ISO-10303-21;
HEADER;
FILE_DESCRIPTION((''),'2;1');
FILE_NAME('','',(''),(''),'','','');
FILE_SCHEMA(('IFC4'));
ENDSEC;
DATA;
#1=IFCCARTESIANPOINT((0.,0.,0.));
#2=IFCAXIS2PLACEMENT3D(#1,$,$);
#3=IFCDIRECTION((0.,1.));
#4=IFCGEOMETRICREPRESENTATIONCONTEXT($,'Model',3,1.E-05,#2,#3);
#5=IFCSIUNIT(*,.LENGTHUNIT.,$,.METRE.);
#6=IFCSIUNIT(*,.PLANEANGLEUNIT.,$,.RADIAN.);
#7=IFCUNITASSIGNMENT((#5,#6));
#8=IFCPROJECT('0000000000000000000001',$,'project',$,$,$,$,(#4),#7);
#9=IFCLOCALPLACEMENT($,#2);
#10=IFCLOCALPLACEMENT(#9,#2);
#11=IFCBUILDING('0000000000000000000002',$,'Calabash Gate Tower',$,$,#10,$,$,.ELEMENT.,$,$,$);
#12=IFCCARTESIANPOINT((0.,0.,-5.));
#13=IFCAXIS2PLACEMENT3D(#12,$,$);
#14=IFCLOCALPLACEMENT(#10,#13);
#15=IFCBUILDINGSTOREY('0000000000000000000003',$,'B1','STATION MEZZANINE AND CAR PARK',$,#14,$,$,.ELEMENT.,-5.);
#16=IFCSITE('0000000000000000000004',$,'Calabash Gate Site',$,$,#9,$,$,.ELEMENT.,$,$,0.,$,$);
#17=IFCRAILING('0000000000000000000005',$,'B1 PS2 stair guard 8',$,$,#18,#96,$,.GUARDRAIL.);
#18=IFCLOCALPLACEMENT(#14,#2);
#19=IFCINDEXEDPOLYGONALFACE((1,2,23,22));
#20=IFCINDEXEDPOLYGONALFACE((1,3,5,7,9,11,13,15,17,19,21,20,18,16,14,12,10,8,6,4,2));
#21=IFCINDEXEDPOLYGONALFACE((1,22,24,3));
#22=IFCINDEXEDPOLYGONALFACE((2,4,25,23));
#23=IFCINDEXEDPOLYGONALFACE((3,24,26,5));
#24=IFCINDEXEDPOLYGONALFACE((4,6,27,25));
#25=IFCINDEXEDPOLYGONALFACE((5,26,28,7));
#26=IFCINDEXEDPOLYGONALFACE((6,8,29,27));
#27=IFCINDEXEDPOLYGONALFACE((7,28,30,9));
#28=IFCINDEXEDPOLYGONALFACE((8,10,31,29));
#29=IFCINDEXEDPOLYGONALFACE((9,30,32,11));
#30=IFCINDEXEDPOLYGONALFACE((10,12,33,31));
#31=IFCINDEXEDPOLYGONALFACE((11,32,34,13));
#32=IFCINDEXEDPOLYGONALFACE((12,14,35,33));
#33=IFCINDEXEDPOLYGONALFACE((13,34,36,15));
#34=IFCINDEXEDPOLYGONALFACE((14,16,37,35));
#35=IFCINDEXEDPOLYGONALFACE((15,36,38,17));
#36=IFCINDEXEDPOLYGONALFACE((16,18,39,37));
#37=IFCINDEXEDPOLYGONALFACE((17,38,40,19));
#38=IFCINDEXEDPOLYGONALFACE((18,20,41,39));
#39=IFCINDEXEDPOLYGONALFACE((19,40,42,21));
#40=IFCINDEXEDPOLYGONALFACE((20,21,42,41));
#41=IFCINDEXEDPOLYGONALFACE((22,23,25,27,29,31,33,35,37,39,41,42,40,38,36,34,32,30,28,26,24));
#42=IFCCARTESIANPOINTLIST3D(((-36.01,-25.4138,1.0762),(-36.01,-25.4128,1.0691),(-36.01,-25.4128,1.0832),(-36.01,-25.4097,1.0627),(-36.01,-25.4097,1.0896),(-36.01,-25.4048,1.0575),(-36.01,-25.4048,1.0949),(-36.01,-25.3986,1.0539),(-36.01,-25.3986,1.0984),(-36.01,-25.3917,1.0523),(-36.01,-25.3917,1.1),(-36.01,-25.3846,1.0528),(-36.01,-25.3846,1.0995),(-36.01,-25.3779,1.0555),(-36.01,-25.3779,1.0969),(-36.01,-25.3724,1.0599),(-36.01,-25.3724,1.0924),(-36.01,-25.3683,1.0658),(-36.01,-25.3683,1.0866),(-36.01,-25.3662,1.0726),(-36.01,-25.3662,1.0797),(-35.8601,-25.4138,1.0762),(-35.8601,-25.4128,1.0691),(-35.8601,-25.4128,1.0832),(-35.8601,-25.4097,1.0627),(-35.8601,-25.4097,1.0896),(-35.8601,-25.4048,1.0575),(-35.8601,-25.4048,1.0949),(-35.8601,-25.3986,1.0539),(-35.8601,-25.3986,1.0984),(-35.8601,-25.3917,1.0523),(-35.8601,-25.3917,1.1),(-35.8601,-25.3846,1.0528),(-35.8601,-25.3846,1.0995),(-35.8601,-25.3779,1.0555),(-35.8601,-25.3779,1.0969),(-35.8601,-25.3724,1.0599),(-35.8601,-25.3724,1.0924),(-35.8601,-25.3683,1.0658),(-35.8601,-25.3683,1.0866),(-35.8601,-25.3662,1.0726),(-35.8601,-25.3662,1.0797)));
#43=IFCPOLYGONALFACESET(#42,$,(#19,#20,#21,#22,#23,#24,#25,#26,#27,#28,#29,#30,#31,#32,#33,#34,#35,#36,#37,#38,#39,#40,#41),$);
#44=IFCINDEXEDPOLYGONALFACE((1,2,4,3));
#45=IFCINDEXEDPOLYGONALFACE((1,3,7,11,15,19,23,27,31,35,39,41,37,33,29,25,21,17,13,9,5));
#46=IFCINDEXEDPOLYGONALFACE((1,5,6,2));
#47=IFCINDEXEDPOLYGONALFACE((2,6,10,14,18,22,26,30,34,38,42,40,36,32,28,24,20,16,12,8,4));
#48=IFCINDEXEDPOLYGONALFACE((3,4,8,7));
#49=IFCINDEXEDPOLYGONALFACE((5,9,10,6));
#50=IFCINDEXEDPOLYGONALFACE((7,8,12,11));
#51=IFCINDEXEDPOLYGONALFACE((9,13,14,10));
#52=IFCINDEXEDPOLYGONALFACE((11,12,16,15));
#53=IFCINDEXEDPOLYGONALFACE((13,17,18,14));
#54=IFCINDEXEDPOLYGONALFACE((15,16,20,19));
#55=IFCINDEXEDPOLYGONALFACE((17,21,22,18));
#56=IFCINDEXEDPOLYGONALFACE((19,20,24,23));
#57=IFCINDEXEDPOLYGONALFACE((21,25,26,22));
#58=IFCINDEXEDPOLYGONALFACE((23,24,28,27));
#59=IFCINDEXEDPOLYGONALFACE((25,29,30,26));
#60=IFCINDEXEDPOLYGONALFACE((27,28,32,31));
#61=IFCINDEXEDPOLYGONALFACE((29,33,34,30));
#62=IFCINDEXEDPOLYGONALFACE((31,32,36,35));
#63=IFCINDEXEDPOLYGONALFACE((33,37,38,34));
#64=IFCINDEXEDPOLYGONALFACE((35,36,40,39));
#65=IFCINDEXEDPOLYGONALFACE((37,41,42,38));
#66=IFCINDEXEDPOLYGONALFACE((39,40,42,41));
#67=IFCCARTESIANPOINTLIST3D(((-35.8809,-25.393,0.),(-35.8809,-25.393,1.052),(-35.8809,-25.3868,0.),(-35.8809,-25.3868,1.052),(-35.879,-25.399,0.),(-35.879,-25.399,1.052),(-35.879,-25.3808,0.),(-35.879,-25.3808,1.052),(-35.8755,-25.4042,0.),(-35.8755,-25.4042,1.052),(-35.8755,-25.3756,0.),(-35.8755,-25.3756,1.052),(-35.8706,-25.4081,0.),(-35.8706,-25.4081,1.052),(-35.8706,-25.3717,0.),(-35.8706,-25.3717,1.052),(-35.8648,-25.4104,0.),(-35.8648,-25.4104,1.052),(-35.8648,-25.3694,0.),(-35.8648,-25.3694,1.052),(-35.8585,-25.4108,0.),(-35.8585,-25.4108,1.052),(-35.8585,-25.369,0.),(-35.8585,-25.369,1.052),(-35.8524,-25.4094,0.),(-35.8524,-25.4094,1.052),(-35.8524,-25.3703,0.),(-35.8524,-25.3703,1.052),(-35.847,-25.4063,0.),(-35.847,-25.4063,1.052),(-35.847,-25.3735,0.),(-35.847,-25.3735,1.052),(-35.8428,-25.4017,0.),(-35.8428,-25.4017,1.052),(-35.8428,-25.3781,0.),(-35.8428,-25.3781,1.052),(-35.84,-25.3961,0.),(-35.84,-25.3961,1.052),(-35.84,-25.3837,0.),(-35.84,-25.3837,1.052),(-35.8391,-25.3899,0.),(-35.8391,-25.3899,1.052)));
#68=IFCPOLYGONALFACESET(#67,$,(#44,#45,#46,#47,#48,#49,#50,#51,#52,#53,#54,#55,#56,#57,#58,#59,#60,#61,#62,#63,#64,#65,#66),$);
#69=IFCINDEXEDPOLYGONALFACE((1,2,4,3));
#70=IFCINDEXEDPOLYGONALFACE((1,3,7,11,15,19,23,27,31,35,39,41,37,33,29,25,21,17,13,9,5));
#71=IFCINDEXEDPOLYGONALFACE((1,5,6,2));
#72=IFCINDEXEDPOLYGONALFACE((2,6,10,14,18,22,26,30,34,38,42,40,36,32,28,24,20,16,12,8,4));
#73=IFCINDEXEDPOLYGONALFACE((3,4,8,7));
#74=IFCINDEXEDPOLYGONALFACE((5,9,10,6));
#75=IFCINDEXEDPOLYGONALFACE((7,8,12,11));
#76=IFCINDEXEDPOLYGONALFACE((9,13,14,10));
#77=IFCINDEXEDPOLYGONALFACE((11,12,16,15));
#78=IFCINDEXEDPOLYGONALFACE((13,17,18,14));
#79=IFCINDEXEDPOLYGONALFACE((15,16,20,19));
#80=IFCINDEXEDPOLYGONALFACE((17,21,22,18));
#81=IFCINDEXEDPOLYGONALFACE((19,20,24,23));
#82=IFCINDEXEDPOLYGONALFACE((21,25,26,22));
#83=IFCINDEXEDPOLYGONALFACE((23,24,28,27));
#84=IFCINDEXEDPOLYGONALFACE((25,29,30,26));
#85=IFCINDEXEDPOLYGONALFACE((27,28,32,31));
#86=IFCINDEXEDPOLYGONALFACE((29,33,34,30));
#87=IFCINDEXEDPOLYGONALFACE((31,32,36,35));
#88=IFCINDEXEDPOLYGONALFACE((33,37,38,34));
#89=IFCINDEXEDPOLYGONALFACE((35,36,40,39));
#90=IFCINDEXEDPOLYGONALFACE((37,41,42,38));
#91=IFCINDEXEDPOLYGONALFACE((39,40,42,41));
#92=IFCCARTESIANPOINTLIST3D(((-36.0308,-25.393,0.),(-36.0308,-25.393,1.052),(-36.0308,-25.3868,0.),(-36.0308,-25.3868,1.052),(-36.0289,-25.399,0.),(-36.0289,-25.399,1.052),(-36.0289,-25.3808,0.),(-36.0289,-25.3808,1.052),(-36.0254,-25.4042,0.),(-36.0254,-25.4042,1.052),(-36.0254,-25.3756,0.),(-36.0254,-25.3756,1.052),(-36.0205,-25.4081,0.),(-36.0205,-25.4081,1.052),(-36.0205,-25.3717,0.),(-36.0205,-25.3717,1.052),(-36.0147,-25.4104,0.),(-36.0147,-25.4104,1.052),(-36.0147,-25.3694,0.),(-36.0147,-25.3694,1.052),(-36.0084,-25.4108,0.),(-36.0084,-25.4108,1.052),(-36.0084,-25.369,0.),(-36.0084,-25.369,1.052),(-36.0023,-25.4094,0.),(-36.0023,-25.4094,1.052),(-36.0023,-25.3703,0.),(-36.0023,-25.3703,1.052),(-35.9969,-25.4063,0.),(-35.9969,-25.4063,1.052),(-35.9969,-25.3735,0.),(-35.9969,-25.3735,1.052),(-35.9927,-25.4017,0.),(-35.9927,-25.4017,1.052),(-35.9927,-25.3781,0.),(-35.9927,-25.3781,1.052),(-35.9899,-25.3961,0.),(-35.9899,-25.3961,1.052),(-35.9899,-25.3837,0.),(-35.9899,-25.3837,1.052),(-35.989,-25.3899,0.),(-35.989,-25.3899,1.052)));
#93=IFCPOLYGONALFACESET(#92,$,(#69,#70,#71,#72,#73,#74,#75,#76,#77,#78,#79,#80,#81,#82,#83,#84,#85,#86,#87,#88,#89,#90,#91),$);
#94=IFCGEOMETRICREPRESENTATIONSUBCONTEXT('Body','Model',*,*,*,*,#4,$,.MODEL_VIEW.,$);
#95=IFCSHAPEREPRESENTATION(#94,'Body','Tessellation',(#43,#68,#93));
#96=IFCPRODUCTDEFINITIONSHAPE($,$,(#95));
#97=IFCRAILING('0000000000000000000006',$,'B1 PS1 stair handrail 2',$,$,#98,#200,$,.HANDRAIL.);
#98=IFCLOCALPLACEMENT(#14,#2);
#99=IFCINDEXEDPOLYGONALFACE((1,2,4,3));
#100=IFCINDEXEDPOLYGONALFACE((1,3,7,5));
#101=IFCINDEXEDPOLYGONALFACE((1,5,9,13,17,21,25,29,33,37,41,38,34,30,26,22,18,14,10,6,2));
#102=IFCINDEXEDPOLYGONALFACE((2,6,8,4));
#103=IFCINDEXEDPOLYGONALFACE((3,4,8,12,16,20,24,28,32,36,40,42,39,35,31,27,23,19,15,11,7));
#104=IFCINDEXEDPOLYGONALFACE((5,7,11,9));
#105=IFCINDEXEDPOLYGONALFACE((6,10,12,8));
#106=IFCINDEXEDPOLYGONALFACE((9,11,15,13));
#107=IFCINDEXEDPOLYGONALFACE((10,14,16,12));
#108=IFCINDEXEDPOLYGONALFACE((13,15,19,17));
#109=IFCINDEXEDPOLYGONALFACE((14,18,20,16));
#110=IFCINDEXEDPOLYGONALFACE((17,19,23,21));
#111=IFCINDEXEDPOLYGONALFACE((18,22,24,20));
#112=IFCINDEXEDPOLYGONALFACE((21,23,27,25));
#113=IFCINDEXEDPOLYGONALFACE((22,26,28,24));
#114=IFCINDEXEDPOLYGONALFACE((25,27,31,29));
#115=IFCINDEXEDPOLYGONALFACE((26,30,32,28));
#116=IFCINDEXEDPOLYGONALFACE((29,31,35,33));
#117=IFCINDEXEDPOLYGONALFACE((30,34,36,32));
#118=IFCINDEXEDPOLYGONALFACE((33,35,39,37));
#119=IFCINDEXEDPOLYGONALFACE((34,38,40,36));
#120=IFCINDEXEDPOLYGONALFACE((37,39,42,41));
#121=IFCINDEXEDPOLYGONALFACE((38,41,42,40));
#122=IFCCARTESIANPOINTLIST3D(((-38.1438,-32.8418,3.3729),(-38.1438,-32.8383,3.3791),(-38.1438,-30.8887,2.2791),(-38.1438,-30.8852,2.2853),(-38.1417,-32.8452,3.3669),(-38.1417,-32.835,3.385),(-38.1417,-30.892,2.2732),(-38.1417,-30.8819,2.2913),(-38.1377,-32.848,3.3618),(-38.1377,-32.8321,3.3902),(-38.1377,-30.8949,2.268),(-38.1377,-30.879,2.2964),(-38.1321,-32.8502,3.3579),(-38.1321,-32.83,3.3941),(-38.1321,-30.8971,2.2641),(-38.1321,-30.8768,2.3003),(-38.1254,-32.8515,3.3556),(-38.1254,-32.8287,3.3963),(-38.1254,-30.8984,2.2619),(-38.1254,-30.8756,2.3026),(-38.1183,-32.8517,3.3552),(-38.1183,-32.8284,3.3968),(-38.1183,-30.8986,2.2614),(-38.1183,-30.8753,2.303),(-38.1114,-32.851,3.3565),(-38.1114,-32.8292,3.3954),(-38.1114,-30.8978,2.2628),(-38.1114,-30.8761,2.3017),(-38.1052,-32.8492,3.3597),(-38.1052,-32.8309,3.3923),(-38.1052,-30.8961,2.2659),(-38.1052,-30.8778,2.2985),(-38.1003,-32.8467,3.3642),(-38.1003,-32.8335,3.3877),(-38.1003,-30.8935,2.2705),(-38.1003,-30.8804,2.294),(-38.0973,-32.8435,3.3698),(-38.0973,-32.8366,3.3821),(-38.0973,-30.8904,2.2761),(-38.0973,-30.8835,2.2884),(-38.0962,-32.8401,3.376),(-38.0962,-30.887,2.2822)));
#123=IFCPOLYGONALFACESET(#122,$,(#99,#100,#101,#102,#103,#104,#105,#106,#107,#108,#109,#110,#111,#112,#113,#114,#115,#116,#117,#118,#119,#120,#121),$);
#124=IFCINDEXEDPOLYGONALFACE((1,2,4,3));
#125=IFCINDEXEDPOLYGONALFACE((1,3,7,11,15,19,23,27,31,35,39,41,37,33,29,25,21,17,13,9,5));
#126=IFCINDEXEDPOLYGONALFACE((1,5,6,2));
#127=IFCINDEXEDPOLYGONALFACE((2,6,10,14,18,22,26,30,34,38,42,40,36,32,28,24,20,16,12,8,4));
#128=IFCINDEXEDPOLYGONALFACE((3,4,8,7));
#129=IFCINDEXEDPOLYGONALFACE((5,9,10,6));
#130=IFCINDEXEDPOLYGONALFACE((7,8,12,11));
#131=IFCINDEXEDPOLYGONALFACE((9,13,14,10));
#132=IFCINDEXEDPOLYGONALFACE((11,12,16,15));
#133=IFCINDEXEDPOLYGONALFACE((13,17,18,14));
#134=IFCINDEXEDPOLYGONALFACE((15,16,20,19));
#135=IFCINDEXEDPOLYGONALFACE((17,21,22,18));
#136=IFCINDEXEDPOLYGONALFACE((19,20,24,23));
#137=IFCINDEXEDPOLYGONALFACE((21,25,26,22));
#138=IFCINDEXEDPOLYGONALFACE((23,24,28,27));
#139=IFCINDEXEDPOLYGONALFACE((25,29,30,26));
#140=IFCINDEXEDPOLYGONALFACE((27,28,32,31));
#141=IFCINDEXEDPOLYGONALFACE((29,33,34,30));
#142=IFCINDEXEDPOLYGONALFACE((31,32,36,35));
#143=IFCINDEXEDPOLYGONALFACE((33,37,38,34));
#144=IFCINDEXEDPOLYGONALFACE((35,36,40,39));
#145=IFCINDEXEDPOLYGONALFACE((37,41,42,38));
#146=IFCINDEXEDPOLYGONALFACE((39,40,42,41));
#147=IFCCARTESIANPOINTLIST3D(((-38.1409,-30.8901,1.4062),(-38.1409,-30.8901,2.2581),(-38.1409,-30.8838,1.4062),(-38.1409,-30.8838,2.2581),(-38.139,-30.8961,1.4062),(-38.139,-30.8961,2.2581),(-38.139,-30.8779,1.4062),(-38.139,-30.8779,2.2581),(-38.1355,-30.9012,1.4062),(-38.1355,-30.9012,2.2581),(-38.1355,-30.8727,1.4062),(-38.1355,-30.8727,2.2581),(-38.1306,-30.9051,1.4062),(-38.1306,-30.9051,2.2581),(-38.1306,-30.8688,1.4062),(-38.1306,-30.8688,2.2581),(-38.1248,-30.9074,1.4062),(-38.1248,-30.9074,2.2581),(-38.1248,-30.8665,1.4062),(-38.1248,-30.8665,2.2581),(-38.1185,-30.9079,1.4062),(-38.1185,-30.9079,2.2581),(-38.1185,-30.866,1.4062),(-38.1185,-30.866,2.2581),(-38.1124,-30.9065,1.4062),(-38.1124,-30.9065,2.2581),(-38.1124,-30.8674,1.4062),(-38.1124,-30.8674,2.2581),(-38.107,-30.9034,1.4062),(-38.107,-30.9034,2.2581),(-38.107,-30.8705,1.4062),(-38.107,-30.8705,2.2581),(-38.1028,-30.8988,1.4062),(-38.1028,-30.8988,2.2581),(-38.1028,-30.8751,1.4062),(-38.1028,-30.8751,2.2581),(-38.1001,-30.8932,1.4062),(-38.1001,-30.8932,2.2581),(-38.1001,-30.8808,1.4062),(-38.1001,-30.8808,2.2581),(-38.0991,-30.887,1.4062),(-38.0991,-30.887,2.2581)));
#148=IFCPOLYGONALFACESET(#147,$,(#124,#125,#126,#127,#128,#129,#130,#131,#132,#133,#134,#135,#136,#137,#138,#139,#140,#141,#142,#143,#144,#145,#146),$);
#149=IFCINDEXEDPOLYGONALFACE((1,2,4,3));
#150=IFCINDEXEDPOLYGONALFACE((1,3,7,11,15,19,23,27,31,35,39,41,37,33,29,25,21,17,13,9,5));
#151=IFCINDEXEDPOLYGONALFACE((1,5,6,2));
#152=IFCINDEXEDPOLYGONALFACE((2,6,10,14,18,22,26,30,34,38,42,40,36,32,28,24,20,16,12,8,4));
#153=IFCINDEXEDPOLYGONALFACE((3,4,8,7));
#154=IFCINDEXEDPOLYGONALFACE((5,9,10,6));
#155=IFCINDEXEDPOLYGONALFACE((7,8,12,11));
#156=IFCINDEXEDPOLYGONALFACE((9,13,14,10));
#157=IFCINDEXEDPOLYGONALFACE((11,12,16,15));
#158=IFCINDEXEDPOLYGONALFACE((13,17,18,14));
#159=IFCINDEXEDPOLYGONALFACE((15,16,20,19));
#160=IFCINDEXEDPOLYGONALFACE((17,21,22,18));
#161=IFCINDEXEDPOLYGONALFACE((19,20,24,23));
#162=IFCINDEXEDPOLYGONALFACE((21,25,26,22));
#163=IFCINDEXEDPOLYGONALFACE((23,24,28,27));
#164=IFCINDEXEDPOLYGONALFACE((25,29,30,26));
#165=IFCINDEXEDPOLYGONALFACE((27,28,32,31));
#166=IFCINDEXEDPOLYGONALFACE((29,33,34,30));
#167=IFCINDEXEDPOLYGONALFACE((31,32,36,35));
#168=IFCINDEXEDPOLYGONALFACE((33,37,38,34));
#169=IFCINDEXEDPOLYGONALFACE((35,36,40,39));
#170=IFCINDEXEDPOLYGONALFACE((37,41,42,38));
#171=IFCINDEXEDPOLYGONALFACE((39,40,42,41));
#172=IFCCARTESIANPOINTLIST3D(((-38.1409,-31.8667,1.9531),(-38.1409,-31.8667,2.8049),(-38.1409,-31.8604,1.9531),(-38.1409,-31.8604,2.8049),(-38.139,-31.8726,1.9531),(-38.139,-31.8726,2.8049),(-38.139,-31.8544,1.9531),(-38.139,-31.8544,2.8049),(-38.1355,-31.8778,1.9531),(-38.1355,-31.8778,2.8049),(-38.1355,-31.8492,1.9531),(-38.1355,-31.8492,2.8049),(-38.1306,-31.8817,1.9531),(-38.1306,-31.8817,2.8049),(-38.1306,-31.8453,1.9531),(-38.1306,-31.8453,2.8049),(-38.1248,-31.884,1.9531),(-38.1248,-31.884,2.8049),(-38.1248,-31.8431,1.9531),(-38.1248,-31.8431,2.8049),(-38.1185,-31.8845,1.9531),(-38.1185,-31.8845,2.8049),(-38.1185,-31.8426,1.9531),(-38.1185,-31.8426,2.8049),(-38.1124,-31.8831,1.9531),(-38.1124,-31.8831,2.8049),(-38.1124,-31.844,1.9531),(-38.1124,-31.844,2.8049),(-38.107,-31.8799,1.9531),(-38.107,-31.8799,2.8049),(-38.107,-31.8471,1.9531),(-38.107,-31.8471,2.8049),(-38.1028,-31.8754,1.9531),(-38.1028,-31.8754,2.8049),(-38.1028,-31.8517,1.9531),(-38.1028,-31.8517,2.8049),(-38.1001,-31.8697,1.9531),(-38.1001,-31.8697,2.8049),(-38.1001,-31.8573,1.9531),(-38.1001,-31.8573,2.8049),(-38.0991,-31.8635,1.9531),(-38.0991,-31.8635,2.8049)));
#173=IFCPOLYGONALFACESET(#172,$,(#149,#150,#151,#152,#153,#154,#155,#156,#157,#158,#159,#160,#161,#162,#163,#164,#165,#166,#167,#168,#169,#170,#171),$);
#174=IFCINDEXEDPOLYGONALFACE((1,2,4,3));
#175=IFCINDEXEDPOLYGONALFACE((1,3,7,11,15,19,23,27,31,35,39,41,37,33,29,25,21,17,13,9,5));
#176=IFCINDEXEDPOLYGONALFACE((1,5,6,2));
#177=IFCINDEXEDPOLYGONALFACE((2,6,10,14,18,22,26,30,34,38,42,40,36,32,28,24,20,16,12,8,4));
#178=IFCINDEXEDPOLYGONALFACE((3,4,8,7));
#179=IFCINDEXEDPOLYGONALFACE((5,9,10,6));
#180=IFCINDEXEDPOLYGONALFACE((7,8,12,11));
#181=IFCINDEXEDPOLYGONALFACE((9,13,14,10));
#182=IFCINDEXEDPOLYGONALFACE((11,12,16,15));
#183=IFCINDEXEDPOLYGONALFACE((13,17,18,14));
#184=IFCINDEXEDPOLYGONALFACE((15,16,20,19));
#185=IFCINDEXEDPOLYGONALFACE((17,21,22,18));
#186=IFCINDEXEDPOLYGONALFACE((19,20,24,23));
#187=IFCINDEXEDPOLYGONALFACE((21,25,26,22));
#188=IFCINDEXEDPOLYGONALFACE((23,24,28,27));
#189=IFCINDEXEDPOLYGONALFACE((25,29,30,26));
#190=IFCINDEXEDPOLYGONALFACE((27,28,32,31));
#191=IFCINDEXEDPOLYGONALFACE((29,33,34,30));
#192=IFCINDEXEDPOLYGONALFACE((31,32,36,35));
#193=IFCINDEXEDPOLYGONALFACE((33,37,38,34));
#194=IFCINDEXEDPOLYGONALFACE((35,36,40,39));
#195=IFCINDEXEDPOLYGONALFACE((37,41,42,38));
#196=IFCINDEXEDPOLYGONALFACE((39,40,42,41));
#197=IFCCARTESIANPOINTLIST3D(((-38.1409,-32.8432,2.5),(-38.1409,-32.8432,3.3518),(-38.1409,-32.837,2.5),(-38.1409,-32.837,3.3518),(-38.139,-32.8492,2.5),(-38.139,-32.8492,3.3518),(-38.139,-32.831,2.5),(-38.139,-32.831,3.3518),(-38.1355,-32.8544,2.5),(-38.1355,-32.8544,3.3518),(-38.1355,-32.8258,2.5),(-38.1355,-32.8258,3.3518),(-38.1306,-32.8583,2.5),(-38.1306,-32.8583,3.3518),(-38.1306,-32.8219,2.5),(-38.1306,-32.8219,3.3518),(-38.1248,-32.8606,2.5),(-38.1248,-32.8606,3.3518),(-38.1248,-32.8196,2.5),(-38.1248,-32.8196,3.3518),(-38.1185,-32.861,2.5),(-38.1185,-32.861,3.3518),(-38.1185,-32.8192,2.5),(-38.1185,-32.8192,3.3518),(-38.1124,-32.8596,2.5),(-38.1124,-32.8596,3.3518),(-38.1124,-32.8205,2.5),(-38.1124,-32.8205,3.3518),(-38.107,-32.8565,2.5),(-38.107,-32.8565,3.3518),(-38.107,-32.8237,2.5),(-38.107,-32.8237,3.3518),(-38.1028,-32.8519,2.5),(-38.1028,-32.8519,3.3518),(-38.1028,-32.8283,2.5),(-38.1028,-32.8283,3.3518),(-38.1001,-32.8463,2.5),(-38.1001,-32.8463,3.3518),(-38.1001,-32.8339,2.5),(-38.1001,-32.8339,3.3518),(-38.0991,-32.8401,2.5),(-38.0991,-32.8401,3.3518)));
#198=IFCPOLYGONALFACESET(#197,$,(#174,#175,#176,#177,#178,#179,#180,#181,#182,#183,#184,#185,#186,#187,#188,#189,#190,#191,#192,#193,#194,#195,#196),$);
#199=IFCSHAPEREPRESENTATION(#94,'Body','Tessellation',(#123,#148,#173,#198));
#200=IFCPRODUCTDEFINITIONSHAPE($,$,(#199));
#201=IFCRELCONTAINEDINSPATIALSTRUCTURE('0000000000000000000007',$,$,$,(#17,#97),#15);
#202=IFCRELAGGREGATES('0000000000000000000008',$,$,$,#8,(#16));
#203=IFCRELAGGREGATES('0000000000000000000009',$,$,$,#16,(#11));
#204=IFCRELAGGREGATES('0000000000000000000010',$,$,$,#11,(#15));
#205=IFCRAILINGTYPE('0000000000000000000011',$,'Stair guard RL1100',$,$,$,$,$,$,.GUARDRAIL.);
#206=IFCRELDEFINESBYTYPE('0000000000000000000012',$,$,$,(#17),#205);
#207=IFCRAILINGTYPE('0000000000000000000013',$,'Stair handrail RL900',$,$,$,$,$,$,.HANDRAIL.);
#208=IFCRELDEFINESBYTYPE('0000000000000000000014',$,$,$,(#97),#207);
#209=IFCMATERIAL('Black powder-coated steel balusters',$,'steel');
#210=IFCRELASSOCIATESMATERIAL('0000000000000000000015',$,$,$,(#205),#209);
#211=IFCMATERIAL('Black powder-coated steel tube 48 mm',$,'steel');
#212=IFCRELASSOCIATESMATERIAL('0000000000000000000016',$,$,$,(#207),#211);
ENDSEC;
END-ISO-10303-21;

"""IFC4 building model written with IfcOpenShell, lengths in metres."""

from ifc_helpers import new_model, si_unit, direction, frame, origin, origin_2d, place, context, subcontext, project, spatial, circle, extrude, material, type_object, element, save


model = new_model("IFC4")

# Units and contexts
model_context = context("Model", 3, precision=1e-05, world=origin(), true_north=direction((0.0, 1.0)))
body_context = subcontext(model_context, "Body", "Model", "MODEL_VIEW")
ifc_project = project(units=[si_unit("LENGTHUNIT", "METRE"), si_unit("PLANEANGLEUNIT", "RADIAN")], contexts=[model_context])

# Site, building, storey
site_placement = place(None, origin())
site = spatial("IfcSite", under=ifc_project, at=site_placement, Name="Calabash Gate Site", CompositionType="ELEMENT", RefElevation=0.0)
building_placement = place(site_placement, origin())
building = spatial("IfcBuilding", under=site, at=building_placement, Name="Calabash Gate Tower", CompositionType="ELEMENT")
storey_placement = place(building_placement, frame((0.0, 0.0, -5.0)))
storey = spatial("IfcBuildingStorey", under=building, at=storey_placement, Name="B1", Description="STATION MEZZANINE AND CAR PARK", CompositionType="ELEMENT", Elevation=-5.0)

# Railings
ifc_material_1 = material(Name="Black powder-coated steel balusters", Category="steel")
railing_type_1 = type_object("IfcRailingType", Name="Stair guard RL1100", PredefinedType="GUARDRAIL", material=ifc_material_1)
for number, where, name in (
    (1, (-35.8601, -25.3899, 0.0), "B1 PS2 stair guard 8"),
):
    element("IfcRailing", number, at=place(storey_placement, frame(where)), inside=storey, type_object=railing_type_1, Name=name, PredefinedType="GUARDRAIL", context=body_context, shape_type="SweptSolid", body=[
        extrude(circle(Radius=0.0239, at=origin_2d()), frame((0.0, 0.0, 1.0762), z_axis=(-1.0, 0.0, 0.0), x_axis=(0.0, -1.0, 0.0)), (0.0, 0.0, 1.0), 0.1499),
        extrude(circle(Radius=0.021, at=origin_2d()), origin(), (0.0, 0.0, 1.0), 1.052),
        extrude(circle(Radius=0.021, at=origin_2d()), frame((-0.1499, 0.0, 0.0)), (0.0, 0.0, 1.0), 1.052),
    ])
ifc_material_2 = material(Name="Black powder-coated steel tube 48 mm", Category="steel")
railing_type_2 = type_object("IfcRailingType", Name="Stair handrail RL900", PredefinedType="HANDRAIL", material=ifc_material_2)
for number, where, name in (
    (2, (-38.1201, -30.887, 1.4062), "B1 PS1 stair handrail 2"),
):
    element("IfcRailing", number, at=place(storey_placement, frame(where)), inside=storey, type_object=railing_type_2, Name=name, PredefinedType="HANDRAIL", context=body_context, shape_type="SweptSolid", body=[
        extrude(circle(Radius=0.0239, at=origin_2d()), frame((0.0, 0.0, 0.876), z_axis=(0.0, -0.872506, 0.488603), x_axis=(1.0, 0.0, 0.0)), (0.0, 0.0, 1.0), 2.2385),
        extrude(circle(Radius=0.021, at=origin_2d()), origin(), (0.0, 0.0, 1.0), 0.8518),
        extrude(circle(Radius=0.021, at=origin_2d()), frame((0.0, -0.9766, 0.5469)), (0.0, 0.0, 1.0), 0.8518),
        extrude(circle(Radius=0.021, at=origin_2d()), frame((0.0, -1.9531, 1.0938)), (0.0, 0.0, 1.0), 0.8518),
    ])

save(model, "model.ifc")
